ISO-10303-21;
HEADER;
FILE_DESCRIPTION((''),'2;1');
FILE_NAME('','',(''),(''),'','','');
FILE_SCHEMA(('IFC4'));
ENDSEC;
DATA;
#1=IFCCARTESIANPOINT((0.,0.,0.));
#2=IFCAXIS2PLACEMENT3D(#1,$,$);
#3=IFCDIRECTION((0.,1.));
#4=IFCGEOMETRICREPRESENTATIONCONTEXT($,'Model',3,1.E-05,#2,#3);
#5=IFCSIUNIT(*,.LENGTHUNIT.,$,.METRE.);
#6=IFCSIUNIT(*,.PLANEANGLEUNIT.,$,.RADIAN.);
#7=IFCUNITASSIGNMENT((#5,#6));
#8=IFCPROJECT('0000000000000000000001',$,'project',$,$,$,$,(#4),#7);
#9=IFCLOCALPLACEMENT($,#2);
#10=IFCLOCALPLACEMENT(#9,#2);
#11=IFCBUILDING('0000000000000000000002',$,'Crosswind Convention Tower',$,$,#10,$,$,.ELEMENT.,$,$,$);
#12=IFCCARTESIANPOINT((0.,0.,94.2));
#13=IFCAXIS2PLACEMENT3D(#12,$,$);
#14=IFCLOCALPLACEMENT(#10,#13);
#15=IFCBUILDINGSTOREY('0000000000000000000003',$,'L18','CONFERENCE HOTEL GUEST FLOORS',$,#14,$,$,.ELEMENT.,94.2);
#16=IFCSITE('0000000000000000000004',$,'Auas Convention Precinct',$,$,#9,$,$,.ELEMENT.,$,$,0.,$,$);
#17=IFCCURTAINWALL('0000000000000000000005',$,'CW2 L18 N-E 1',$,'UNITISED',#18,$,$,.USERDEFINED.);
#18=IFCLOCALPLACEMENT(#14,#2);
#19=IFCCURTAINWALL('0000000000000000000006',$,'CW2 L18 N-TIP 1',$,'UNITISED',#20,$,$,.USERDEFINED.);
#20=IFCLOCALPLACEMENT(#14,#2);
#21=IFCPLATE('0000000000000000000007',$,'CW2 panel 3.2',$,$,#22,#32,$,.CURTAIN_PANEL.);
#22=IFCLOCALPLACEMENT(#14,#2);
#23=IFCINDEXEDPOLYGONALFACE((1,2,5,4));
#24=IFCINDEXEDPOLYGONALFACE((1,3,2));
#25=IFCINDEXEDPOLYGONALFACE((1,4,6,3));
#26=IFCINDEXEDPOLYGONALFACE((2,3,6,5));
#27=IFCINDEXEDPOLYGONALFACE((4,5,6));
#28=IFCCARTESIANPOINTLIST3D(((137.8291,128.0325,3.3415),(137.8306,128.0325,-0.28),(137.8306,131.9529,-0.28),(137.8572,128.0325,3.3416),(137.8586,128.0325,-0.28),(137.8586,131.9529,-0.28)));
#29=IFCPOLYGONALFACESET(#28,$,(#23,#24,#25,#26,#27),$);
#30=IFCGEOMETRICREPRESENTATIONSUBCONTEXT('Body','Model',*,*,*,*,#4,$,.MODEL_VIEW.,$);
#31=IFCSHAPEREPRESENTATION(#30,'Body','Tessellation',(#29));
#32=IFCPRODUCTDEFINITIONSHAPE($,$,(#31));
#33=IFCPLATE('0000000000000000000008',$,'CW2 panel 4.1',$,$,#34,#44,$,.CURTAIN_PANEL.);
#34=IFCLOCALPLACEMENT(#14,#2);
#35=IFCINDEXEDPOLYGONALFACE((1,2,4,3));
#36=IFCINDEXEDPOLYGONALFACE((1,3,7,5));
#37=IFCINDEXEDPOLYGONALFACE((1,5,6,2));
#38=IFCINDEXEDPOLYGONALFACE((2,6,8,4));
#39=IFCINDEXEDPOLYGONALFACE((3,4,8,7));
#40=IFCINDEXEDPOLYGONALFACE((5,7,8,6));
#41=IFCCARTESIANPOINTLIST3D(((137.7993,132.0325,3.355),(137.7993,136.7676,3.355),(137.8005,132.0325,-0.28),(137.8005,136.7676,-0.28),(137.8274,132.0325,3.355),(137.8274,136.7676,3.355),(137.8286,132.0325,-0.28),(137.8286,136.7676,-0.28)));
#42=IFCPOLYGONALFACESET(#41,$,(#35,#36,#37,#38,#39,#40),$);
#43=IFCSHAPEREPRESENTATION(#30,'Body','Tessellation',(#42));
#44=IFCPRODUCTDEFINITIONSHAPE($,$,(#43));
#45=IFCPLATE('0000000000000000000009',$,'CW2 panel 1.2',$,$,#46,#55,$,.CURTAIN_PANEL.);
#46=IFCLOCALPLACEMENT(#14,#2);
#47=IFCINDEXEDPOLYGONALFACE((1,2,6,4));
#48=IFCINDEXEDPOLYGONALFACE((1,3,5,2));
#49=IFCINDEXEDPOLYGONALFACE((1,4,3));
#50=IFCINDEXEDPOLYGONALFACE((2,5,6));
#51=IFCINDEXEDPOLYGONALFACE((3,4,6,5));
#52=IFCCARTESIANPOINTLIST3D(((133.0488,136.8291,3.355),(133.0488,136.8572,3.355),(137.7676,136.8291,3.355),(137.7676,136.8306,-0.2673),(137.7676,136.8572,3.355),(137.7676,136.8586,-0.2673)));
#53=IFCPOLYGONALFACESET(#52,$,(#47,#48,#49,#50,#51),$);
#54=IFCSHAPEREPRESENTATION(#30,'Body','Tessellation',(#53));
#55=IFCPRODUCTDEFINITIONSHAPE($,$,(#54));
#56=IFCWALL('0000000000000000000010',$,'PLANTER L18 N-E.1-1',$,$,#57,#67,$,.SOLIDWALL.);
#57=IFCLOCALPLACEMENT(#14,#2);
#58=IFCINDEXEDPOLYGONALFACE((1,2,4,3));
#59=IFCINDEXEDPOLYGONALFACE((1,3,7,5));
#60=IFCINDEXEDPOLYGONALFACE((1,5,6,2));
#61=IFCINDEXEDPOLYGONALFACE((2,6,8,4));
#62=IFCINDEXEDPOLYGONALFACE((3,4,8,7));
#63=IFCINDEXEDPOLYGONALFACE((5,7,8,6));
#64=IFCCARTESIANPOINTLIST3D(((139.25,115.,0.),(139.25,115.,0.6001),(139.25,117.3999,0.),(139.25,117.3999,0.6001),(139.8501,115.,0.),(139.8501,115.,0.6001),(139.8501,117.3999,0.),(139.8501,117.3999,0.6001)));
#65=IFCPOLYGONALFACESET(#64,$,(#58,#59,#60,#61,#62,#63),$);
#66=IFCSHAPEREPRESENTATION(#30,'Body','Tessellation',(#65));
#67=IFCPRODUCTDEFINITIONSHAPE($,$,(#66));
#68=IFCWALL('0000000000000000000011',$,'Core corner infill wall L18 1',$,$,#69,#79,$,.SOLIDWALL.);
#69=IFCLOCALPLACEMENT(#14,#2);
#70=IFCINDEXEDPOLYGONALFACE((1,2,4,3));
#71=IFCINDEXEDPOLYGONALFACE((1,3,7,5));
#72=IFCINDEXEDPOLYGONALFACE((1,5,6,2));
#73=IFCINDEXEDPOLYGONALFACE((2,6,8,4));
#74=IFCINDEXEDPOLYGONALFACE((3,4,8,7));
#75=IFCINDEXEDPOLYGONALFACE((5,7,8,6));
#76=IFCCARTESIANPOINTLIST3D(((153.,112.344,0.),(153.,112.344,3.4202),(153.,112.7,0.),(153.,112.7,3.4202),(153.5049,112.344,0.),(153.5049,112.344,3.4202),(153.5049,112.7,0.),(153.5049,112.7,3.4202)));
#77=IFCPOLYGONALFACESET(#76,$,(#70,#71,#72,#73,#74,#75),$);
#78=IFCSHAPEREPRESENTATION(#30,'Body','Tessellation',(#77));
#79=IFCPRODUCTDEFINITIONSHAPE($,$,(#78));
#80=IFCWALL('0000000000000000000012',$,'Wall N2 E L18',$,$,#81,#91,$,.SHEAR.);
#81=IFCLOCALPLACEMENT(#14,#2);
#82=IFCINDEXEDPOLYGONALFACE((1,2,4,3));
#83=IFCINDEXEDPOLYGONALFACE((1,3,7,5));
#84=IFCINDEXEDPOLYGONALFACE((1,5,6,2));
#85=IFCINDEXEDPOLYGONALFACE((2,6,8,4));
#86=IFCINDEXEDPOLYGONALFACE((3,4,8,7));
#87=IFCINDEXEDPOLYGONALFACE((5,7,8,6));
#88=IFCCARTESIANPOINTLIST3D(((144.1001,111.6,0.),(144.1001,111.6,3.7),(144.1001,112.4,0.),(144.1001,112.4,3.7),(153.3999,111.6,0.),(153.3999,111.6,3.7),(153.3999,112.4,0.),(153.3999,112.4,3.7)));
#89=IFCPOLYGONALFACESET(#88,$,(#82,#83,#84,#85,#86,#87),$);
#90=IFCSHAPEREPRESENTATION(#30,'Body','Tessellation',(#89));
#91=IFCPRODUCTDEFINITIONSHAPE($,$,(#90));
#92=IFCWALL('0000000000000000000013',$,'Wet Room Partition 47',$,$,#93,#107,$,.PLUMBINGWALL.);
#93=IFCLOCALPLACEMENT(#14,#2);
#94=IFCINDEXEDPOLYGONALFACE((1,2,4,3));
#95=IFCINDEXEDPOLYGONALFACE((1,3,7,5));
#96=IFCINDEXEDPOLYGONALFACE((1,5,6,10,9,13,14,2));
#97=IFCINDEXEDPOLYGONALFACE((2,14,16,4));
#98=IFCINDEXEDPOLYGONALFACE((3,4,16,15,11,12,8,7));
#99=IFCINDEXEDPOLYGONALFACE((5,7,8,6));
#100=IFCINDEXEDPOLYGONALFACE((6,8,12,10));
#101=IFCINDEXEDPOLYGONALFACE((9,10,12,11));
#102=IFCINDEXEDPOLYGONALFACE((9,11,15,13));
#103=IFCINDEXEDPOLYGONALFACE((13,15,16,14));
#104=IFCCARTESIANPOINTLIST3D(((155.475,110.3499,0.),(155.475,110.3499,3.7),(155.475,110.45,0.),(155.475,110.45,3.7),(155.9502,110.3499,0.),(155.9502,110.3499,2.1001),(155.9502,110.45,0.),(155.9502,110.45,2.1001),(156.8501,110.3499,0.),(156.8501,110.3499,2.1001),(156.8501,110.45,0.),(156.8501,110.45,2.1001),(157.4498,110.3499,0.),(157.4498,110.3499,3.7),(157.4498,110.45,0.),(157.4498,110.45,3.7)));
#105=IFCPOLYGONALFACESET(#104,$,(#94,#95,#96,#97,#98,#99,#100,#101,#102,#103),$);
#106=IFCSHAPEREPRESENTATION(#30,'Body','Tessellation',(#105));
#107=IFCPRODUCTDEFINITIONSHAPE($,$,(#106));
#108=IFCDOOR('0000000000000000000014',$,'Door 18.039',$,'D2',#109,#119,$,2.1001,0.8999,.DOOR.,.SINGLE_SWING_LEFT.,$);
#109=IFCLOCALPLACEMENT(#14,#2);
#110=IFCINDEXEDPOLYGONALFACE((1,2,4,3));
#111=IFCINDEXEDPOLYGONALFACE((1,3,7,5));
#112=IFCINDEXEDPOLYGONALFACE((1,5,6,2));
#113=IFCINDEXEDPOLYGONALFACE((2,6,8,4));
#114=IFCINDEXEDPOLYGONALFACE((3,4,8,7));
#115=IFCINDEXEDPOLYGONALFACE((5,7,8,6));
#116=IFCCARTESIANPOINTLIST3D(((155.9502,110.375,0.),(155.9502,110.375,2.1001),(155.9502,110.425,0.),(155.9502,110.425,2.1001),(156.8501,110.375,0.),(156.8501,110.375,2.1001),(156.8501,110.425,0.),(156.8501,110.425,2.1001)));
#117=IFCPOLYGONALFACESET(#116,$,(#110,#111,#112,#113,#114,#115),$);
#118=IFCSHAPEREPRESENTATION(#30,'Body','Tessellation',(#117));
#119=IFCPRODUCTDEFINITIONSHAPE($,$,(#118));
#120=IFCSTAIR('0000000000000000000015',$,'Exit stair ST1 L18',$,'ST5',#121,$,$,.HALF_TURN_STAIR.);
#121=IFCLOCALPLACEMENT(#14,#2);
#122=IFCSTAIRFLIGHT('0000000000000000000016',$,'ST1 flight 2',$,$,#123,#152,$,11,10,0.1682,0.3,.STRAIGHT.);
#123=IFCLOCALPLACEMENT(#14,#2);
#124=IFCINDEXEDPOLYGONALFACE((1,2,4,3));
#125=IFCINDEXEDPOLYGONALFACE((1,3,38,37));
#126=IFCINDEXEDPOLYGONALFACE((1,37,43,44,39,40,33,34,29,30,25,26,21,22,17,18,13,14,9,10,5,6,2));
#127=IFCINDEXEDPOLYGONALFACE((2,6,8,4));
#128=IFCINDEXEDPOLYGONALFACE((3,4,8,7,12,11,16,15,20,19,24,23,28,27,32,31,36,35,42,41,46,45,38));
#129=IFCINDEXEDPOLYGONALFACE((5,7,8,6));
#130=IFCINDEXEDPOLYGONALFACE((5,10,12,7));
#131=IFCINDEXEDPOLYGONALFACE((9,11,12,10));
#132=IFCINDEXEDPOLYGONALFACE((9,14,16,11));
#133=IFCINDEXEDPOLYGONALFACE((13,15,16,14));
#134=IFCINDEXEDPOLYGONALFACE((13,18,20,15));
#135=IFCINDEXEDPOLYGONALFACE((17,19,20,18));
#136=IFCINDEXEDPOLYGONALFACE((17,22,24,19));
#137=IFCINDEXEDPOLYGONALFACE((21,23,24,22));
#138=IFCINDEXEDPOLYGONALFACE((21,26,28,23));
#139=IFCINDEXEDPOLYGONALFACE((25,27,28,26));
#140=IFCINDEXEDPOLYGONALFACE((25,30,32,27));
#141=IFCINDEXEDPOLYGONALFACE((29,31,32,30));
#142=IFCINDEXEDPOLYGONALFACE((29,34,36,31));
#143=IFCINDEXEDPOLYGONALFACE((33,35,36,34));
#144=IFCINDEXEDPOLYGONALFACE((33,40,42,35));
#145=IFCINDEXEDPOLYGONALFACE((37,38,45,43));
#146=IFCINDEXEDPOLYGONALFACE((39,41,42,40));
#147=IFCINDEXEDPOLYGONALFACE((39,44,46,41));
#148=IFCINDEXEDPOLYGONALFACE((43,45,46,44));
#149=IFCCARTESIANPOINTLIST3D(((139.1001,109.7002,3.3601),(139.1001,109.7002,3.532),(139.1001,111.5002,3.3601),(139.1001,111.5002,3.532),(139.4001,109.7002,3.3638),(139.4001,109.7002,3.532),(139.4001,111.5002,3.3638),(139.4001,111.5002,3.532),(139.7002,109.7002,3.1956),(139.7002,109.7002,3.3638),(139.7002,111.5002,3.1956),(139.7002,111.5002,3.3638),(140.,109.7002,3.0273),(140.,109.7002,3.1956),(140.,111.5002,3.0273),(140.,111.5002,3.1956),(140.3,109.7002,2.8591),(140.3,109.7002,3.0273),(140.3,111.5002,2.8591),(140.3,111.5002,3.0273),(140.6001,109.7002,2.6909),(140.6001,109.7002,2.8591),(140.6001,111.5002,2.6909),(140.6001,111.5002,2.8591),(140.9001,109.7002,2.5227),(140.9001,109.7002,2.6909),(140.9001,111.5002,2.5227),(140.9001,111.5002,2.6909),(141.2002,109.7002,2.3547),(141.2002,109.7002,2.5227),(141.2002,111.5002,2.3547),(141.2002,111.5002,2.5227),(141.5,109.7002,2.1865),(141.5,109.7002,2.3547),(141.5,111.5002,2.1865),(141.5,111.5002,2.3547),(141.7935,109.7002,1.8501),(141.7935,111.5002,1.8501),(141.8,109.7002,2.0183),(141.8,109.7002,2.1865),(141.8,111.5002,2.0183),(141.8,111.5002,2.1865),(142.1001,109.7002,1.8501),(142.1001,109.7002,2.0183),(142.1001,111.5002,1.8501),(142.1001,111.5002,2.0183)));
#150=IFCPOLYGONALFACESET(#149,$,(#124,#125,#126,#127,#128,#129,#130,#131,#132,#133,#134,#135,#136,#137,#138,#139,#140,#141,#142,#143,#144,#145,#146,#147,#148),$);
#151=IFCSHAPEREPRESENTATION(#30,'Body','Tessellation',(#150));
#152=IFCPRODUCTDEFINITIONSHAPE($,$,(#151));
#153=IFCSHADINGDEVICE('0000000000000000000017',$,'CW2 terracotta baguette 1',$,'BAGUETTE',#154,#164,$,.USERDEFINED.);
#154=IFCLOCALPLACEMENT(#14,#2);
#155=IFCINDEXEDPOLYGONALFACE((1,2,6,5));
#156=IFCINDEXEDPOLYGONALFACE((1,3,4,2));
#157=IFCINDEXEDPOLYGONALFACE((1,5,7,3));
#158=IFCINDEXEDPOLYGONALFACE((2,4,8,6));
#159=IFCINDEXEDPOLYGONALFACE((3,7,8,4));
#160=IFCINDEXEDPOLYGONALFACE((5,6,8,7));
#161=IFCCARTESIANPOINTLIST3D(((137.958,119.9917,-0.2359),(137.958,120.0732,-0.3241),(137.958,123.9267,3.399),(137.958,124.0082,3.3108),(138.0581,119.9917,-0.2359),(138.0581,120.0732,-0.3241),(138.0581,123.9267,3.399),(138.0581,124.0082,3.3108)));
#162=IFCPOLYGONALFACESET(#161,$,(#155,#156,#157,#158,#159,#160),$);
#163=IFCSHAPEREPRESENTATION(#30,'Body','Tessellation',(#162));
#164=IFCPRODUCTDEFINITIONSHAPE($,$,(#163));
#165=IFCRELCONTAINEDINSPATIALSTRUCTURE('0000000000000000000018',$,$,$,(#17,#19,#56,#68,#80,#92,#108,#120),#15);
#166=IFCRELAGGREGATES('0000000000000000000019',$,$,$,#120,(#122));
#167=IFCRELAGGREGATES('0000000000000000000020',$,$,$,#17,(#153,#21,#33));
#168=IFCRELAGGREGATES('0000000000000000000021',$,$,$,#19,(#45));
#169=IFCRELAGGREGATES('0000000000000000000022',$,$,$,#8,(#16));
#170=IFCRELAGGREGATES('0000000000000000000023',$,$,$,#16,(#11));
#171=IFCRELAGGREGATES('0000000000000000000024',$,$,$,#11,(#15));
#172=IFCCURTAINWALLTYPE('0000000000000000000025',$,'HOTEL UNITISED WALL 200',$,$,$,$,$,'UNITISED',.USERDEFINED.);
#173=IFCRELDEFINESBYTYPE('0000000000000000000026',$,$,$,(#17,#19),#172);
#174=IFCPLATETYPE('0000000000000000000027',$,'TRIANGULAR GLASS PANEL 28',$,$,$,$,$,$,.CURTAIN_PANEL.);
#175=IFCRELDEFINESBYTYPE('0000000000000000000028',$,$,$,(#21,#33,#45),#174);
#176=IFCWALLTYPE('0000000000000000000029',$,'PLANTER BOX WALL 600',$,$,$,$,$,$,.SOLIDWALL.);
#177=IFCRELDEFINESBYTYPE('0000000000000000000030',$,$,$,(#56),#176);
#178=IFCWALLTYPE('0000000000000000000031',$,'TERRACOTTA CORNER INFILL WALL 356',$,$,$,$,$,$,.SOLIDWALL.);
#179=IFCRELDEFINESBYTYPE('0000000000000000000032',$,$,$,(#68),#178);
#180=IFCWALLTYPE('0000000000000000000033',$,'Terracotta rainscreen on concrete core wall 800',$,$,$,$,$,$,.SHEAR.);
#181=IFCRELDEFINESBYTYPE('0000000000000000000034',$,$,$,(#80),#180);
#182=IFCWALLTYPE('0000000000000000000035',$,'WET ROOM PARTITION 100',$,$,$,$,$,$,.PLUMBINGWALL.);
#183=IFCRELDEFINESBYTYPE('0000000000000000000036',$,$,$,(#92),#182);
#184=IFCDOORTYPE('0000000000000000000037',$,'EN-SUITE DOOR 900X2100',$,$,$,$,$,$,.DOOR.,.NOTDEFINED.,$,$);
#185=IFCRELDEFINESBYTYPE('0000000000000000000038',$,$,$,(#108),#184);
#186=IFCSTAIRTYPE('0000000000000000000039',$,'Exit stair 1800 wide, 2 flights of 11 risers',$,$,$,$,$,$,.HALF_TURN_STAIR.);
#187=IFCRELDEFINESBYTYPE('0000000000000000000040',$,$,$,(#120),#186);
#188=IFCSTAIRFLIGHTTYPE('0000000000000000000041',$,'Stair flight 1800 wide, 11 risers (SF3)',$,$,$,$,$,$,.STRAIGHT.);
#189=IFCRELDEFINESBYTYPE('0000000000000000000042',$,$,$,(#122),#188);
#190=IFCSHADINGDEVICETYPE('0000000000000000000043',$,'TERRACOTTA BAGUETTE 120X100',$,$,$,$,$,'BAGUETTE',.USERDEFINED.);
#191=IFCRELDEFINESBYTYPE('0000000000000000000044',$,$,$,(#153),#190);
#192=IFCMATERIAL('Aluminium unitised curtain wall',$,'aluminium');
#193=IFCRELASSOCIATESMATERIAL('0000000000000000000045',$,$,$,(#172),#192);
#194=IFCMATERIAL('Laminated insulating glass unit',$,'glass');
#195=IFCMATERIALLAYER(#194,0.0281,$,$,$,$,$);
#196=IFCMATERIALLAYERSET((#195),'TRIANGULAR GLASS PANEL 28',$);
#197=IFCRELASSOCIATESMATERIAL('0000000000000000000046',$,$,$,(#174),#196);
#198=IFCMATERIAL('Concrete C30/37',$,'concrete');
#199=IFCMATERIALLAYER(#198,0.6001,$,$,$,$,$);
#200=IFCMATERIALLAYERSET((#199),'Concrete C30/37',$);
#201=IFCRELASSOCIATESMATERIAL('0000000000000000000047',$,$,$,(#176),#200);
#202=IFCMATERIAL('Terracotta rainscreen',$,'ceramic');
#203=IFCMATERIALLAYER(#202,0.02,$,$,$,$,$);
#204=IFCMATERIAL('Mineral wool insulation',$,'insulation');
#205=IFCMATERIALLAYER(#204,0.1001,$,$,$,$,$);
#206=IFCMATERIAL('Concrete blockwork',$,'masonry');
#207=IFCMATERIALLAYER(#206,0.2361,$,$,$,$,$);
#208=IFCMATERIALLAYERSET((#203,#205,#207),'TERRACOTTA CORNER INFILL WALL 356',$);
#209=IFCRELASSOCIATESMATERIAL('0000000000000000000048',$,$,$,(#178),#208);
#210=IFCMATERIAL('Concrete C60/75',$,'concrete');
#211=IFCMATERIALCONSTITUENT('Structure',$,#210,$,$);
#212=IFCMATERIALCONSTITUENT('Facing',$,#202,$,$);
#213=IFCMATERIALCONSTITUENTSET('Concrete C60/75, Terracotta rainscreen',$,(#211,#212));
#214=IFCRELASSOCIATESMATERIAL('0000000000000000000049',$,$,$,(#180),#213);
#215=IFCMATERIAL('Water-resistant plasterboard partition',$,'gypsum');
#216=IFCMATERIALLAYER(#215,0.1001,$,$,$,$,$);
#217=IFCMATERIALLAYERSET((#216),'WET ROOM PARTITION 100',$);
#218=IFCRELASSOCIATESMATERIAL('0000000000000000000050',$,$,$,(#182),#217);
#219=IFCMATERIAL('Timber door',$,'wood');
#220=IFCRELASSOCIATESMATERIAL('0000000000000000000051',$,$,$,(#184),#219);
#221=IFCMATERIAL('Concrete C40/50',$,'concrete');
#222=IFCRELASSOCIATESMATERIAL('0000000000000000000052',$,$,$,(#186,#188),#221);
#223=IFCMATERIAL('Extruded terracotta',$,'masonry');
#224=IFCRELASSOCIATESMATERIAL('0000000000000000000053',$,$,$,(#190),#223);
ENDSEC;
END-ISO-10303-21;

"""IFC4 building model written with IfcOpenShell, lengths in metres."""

from ifc_helpers import new_model, si_unit, direction, frame, frame_2d, origin, origin_2d, place, context, subcontext, project, spatial, polyline, rectangle, outline, extrude, material, layer, layer_set, constituent, constituent_set, material_profile, profile_set, type_object, element, fill, aggregate, save


model = new_model("IFC4")

# Units and contexts
model_context = context("Model", 3, precision=1e-05, world=origin(), true_north=direction((0.0, 1.0)))
body_context = subcontext(model_context, "Body", "Model", "MODEL_VIEW")
ifc_project = project(units=[si_unit("LENGTHUNIT", "METRE"), si_unit("PLANEANGLEUNIT", "RADIAN")], contexts=[model_context])

# Site, building, storey
site_placement = place(None, origin())
site = spatial("IfcSite", under=ifc_project, at=site_placement, Name="Auas Convention Precinct", CompositionType="ELEMENT", RefElevation=0.0)
building_placement = place(site_placement, origin())
building = spatial("IfcBuilding", under=site, at=building_placement, Name="Crosswind Convention Tower", CompositionType="ELEMENT")
storey_placement = place(building_placement, frame((0.0, 0.0, 94.2)))
storey = spatial("IfcBuildingStorey", under=building, at=storey_placement, Name="L18", Description="CONFERENCE HOTEL GUEST FLOORS", CompositionType="ELEMENT", Elevation=94.2)

# Shared definitions
ifc_material_1 = material(Name="Concrete C60/75", Category="concrete")

# Shared definitions
ifc_material_2 = material(Name="Aluminium unitised curtain wall", Category="aluminium")

# Shared definitions
curtain_wall_type_1 = type_object("IfcCurtainWallType", Name="HOTEL UNITISED WALL 200", ElementType="UNITISED", PredefinedType="USERDEFINED", material=ifc_material_2)

# Curtain wall
curtain_wall_1_placement = place(storey_placement, origin())
curtain_wall_1 = element("IfcCurtainWall", 1, at=curtain_wall_1_placement, inside=storey, type_object=curtain_wall_type_1, Name="CW2 L18 N-E 1", ObjectType="UNITISED", PredefinedType="USERDEFINED")

# Curtain wall
curtain_wall_2_placement = place(storey_placement, origin())
curtain_wall_2 = element("IfcCurtainWall", 2, at=curtain_wall_2_placement, inside=storey, type_object=curtain_wall_type_1, Name="CW2 L18 N-TIP 1", ObjectType="UNITISED", PredefinedType="USERDEFINED")

# Plates
ifc_material_3 = material(Name="Laminated insulating glass unit", Category="glass")
ifc_layer_1 = layer(ifc_material_3, 0.0281)
ifc_layer_set_1 = layer_set([ifc_layer_1], Name="TRIANGULAR GLASS PANEL 28")
plate_type_1 = type_object("IfcPlateType", Name="TRIANGULAR GLASS PANEL 28", PredefinedType="CURTAIN_PANEL", material=ifc_layer_set_1)
plate_1_placement = place(storey_placement, frame((137.8586, 128.0325, -0.28), z_axis=(1.0, 0.0, 0.000404), x_axis=(0.0, 1.0, 0.0)))
plate_1 = element("IfcPlate", 3, at=plate_1_placement, type_object=plate_type_1, Name="CW2 panel 3.2", PredefinedType="CURTAIN_PANEL", context=body_context, shape_type="SweptSolid", body=[
    extrude(outline(polyline([(0.0, 0.0), (3.9204, 0.0), (0.0, 3.6216), (0.0, 0.0)])), origin(), (0.0, 0.0, -1.0), 0.0281),
])
plate_2_placement = place(storey_placement, frame((137.8286, 132.0325, -0.28), z_axis=(1.0, 0.0, 0.000336), x_axis=(0.0, 1.0, 0.0)))
plate_2 = element("IfcPlate", 4, at=plate_2_placement, type_object=plate_type_1, Name="CW2 panel 4.1", PredefinedType="CURTAIN_PANEL", context=body_context, shape_type="SweptSolid", body=[
    extrude(outline(polyline([(0.0, 0.0), (4.7351, 0.0), (4.7351, 3.635), (0.0, 3.635), (0.0, 0.0)])), origin(), (0.0, 0.0, -1.0), 0.0281),
])
plate_3_placement = place(storey_placement, frame((137.7676, 136.8572, 3.355), z_axis=(0.0, 1.0, 0.000404), x_axis=(0.0, 0.000404, -1.0)))
plate_3 = element("IfcPlate", 5, at=plate_3_placement, type_object=plate_type_1, Name="CW2 panel 1.2", PredefinedType="CURTAIN_PANEL", context=body_context, shape_type="SweptSolid", body=[
    extrude(outline(polyline([(0.0, 0.0), (3.6223, 0.0), (0.0, 4.7188), (0.0, 0.0)])), origin(), (0.0, 0.0, -1.0), 0.0281),
])

# Walls
ifc_material_4 = material(Name="Concrete C30/37", Category="concrete")
ifc_layer_2 = layer(ifc_material_4, 0.6001)
ifc_layer_set_2 = layer_set([ifc_layer_2], Name="Concrete C30/37")
wall_type_1 = type_object("IfcWallType", Name="PLANTER BOX WALL 600", PredefinedType="SOLIDWALL", material=ifc_layer_set_2)
wall_1_placement = place(storey_placement, frame((139.55, 115.0, 0.0), z_axis=(0.0, 0.0, 1.0), x_axis=(0.0, 1.0, 0.0)))
element("IfcWall", 6, at=wall_1_placement, inside=storey, type_object=wall_type_1, Name="PLANTER L18 N-E.1-1", PredefinedType="SOLIDWALL", context=body_context, shape_type="SweptSolid", body=[
    extrude(rectangle(XDim=2.3999, YDim=0.6001, at=frame_2d((1.2, 0.0))), origin(), (0.0, 0.0, 1.0), 0.6001),
])
ifc_material_5 = material(Name="Terracotta rainscreen", Category="ceramic")
ifc_layer_3 = layer(ifc_material_5, 0.02)
ifc_material_6 = material(Name="Mineral wool insulation", Category="insulation")
ifc_layer_4 = layer(ifc_material_6, 0.1001)
ifc_material_7 = material(Name="Concrete blockwork", Category="masonry")
ifc_layer_5 = layer(ifc_material_7, 0.2361)
ifc_layer_set_3 = layer_set([ifc_layer_3, ifc_layer_4, ifc_layer_5], Name="TERRACOTTA CORNER INFILL WALL 356")
wall_type_2 = type_object("IfcWallType", Name="TERRACOTTA CORNER INFILL WALL 356", PredefinedType="SOLIDWALL", material=ifc_layer_set_3)
wall_2_placement = place(storey_placement, frame((153.0, 112.522, 0.0), z_axis=(0.0, 0.0, 1.0), x_axis=(1.0, 0.0, 0.0)))
element("IfcWall", 7, at=wall_2_placement, inside=storey, type_object=wall_type_2, Name="Core corner infill wall L18 1", PredefinedType="SOLIDWALL", context=body_context, shape_type="SweptSolid", body=[
    extrude(rectangle(XDim=0.5049, YDim=0.356, at=frame_2d((0.2524, 0.0))), origin(), (0.0, 0.0, 1.0), 3.4202),
])

# Wall
ifc_constituent_1 = constituent(ifc_material_1, Name="Structure")
ifc_constituent_2 = constituent(ifc_material_5, Name="Facing")
ifc_constituent_set = constituent_set(constituents=[ifc_constituent_1, ifc_constituent_2], Name="Concrete C60/75, Terracotta rainscreen")
wall_type_3 = type_object("IfcWallType", Name="Terracotta rainscreen on concrete core wall 800", PredefinedType="SHEAR", material=ifc_constituent_set)
wall_3_placement = place(storey_placement, frame((144.1001, 112.0, 0.0), z_axis=(0.0, 0.0, 1.0), x_axis=(1.0, 0.0, 0.0)))
element("IfcWall", 8, at=wall_3_placement, inside=storey, type_object=wall_type_3, Name="Wall N2 E L18", PredefinedType="SHEAR", context=body_context, shape_type="SweptSolid", body=[
    extrude(rectangle(XDim=9.2998, YDim=0.8, at=frame_2d((4.6499, 0.0))), origin(), (0.0, 0.0, 1.0), 3.7),
])

# Wall, opening, door
ifc_material_8 = material(Name="Water-resistant plasterboard partition", Category="gypsum")
ifc_layer_6 = layer(ifc_material_8, 0.1001)
ifc_layer_set_4 = layer_set([ifc_layer_6], Name="WET ROOM PARTITION 100")
wall_type_4 = type_object("IfcWallType", Name="WET ROOM PARTITION 100", PredefinedType="PLUMBINGWALL", material=ifc_layer_set_4)
wall_4_placement = place(storey_placement, frame((155.4751, 110.3999, 0.0), z_axis=(0.0, 0.0, 1.0), x_axis=(1.0, 0.0, 0.0)))
wall_4 = element("IfcWall", 9, at=wall_4_placement, inside=storey, type_object=wall_type_4, Name="Wet Room Partition 47", PredefinedType="PLUMBINGWALL", context=body_context, shape_type="SweptSolid", body=[
    extrude(rectangle(XDim=1.9749, YDim=0.1001, at=frame_2d((0.9873, 0.0))), origin(), (0.0, 0.0, 1.0), 3.7),
])
opening_1_placement = place(wall_4_placement, frame((0.4751, 0.0, 0.0)))
opening_1 = element("IfcOpeningElement", 10, at=opening_1_placement, cuts=wall_4, PredefinedType="OPENING", context=body_context, shape_type="SweptSolid", body=[
    extrude(rectangle(XDim=0.8999, YDim=2.1001, at=frame_2d((0.45, 1.05))), frame((0.0, 0.0601, 0.0), z_axis=(0.0, -1.0, 0.0), x_axis=(1.0, 0.0, 0.0)), (0.0, 0.0, 1.0), 0.1201),
])
ifc_material_9 = material(Name="Timber door", Category="wood")
door_type_1 = type_object("IfcDoorType", Name="EN-SUITE DOOR 900X2100", OperationType="NOTDEFINED", PredefinedType="DOOR", material=ifc_material_9)
door_1_placement = place(opening_1_placement, frame((0.8999, 0.0, 0.0), z_axis=(0.0, 0.0, 1.0), x_axis=(-1.0, 0.0, 0.0)))
door_1 = element("IfcDoor", 11, at=door_1_placement, inside=storey, type_object=door_type_1, Name="Door 18.039", ObjectType="D2", OperationType="SINGLE_SWING_LEFT", OverallHeight=2.1001, OverallWidth=0.8999, PredefinedType="DOOR", context=body_context, shape_type="SweptSolid", body=[
    extrude(rectangle(XDim=0.8999, YDim=2.1001, at=frame_2d((0.45, 1.05))), frame((0.0, 0.0249, 0.0), z_axis=(0.0, -1.0, 0.0), x_axis=(1.0, 0.0, 0.0)), (0.0, 0.0, 1.0), 0.05),
])
fill(opening_1, door_1)

# Stair, stair flight
ifc_material_10 = material(Name="Concrete C40/50", Category="concrete")
stair_type = type_object("IfcStairType", Name="Exit stair 1800 wide, 2 flights of 11 risers", PredefinedType="HALF_TURN_STAIR", material=ifc_material_10)
stair_placement = place(storey_placement, origin())
stair = element("IfcStair", 12, at=stair_placement, inside=storey, type_object=stair_type, Name="Exit stair ST1 L18", ObjectType="ST5", PredefinedType="HALF_TURN_STAIR")
stair_flight_type = type_object("IfcStairFlightType", Name="Stair flight 1800 wide, 11 risers (SF3)", PredefinedType="STRAIGHT", material=ifc_material_10)
stair_flight_placement = place(storey_placement, frame((142.1001, 110.6001, 1.8501), z_axis=(0.0, 0.0, 1.0), x_axis=(-1.0, 0.0, 0.0)))
stair_flight = element("IfcStairFlight", 13, at=stair_flight_placement, type_object=stair_flight_type, Name="ST1 flight 2", NumberOfRisers=11, NumberOfTreads=10, PredefinedType="STRAIGHT", RiserHeight=0.1682, TreadLength=0.3, context=body_context, shape_type="SweptSolid", body=[
    extrude(outline(polyline([(0.0, 0.0), (0.0, 0.1682), (0.3, 0.1682), (0.3, 0.3364), (0.6001, 0.3364), (0.6001, 0.5046), (0.8999, 0.5046), (0.8999, 0.6726), (1.2, 0.6726), (1.2, 0.8408), (1.5, 0.8408), (1.5, 1.009), (1.8, 1.009), (1.8, 1.1772), (2.1001, 1.1772), (2.1001, 1.3455), (2.3999, 1.3455), (2.3999, 1.5137), (2.7, 1.5137), (2.7, 1.6819), (3.0, 1.6819), (3.0, 1.8501), (3.0, 1.51), (0.3066, 0.0), (0.0, 0.0)])), frame((0.0, 0.8999, 0.0), z_axis=(0.0, -1.0, 0.0), x_axis=(1.0, 0.0, 0.0)), (0.0, 0.0, 1.0), 1.8),
])
aggregate(stair, [stair_flight])

# Shading device
ifc_material_11 = material(Name="Extruded terracotta", Category="masonry")
ifc_material_profile_1 = material_profile(ifc_material_11, rectangle(XDim=0.1001, YDim=0.1201, at=origin_2d()), Name="TC 100X120")
ifc_profile_set_1 = profile_set([ifc_material_profile_1], Name="Extruded terracotta")
shading_device_type = type_object("IfcShadingDeviceType", Name="TERRACOTTA BAGUETTE 120X100", ElementType="BAGUETTE", PredefinedType="USERDEFINED", material=ifc_profile_set_1)
shading_device_1_placement = place(storey_placement, frame((138.0081, 120.0325, -0.28), z_axis=(0.0, 0.734557, 0.678547), x_axis=(-1.0, 0.0, 0.0)))
shading_device_1 = element("IfcShadingDevice", 14, at=shading_device_1_placement, type_object=shading_device_type, Name="CW2 terracotta baguette 1", ObjectType="BAGUETTE", PredefinedType="USERDEFINED", context=body_context, shape_type="SweptSolid", body=[
    extrude(rectangle(XDim=0.1001, YDim=0.1201, at=origin_2d()), origin(), (0.0, 0.0, 1.0), 5.3569),
])
aggregate(curtain_wall_1, [shading_device_1, plate_1, plate_2])
aggregate(curtain_wall_2, [plate_3])

save(model, "model.ifc")
